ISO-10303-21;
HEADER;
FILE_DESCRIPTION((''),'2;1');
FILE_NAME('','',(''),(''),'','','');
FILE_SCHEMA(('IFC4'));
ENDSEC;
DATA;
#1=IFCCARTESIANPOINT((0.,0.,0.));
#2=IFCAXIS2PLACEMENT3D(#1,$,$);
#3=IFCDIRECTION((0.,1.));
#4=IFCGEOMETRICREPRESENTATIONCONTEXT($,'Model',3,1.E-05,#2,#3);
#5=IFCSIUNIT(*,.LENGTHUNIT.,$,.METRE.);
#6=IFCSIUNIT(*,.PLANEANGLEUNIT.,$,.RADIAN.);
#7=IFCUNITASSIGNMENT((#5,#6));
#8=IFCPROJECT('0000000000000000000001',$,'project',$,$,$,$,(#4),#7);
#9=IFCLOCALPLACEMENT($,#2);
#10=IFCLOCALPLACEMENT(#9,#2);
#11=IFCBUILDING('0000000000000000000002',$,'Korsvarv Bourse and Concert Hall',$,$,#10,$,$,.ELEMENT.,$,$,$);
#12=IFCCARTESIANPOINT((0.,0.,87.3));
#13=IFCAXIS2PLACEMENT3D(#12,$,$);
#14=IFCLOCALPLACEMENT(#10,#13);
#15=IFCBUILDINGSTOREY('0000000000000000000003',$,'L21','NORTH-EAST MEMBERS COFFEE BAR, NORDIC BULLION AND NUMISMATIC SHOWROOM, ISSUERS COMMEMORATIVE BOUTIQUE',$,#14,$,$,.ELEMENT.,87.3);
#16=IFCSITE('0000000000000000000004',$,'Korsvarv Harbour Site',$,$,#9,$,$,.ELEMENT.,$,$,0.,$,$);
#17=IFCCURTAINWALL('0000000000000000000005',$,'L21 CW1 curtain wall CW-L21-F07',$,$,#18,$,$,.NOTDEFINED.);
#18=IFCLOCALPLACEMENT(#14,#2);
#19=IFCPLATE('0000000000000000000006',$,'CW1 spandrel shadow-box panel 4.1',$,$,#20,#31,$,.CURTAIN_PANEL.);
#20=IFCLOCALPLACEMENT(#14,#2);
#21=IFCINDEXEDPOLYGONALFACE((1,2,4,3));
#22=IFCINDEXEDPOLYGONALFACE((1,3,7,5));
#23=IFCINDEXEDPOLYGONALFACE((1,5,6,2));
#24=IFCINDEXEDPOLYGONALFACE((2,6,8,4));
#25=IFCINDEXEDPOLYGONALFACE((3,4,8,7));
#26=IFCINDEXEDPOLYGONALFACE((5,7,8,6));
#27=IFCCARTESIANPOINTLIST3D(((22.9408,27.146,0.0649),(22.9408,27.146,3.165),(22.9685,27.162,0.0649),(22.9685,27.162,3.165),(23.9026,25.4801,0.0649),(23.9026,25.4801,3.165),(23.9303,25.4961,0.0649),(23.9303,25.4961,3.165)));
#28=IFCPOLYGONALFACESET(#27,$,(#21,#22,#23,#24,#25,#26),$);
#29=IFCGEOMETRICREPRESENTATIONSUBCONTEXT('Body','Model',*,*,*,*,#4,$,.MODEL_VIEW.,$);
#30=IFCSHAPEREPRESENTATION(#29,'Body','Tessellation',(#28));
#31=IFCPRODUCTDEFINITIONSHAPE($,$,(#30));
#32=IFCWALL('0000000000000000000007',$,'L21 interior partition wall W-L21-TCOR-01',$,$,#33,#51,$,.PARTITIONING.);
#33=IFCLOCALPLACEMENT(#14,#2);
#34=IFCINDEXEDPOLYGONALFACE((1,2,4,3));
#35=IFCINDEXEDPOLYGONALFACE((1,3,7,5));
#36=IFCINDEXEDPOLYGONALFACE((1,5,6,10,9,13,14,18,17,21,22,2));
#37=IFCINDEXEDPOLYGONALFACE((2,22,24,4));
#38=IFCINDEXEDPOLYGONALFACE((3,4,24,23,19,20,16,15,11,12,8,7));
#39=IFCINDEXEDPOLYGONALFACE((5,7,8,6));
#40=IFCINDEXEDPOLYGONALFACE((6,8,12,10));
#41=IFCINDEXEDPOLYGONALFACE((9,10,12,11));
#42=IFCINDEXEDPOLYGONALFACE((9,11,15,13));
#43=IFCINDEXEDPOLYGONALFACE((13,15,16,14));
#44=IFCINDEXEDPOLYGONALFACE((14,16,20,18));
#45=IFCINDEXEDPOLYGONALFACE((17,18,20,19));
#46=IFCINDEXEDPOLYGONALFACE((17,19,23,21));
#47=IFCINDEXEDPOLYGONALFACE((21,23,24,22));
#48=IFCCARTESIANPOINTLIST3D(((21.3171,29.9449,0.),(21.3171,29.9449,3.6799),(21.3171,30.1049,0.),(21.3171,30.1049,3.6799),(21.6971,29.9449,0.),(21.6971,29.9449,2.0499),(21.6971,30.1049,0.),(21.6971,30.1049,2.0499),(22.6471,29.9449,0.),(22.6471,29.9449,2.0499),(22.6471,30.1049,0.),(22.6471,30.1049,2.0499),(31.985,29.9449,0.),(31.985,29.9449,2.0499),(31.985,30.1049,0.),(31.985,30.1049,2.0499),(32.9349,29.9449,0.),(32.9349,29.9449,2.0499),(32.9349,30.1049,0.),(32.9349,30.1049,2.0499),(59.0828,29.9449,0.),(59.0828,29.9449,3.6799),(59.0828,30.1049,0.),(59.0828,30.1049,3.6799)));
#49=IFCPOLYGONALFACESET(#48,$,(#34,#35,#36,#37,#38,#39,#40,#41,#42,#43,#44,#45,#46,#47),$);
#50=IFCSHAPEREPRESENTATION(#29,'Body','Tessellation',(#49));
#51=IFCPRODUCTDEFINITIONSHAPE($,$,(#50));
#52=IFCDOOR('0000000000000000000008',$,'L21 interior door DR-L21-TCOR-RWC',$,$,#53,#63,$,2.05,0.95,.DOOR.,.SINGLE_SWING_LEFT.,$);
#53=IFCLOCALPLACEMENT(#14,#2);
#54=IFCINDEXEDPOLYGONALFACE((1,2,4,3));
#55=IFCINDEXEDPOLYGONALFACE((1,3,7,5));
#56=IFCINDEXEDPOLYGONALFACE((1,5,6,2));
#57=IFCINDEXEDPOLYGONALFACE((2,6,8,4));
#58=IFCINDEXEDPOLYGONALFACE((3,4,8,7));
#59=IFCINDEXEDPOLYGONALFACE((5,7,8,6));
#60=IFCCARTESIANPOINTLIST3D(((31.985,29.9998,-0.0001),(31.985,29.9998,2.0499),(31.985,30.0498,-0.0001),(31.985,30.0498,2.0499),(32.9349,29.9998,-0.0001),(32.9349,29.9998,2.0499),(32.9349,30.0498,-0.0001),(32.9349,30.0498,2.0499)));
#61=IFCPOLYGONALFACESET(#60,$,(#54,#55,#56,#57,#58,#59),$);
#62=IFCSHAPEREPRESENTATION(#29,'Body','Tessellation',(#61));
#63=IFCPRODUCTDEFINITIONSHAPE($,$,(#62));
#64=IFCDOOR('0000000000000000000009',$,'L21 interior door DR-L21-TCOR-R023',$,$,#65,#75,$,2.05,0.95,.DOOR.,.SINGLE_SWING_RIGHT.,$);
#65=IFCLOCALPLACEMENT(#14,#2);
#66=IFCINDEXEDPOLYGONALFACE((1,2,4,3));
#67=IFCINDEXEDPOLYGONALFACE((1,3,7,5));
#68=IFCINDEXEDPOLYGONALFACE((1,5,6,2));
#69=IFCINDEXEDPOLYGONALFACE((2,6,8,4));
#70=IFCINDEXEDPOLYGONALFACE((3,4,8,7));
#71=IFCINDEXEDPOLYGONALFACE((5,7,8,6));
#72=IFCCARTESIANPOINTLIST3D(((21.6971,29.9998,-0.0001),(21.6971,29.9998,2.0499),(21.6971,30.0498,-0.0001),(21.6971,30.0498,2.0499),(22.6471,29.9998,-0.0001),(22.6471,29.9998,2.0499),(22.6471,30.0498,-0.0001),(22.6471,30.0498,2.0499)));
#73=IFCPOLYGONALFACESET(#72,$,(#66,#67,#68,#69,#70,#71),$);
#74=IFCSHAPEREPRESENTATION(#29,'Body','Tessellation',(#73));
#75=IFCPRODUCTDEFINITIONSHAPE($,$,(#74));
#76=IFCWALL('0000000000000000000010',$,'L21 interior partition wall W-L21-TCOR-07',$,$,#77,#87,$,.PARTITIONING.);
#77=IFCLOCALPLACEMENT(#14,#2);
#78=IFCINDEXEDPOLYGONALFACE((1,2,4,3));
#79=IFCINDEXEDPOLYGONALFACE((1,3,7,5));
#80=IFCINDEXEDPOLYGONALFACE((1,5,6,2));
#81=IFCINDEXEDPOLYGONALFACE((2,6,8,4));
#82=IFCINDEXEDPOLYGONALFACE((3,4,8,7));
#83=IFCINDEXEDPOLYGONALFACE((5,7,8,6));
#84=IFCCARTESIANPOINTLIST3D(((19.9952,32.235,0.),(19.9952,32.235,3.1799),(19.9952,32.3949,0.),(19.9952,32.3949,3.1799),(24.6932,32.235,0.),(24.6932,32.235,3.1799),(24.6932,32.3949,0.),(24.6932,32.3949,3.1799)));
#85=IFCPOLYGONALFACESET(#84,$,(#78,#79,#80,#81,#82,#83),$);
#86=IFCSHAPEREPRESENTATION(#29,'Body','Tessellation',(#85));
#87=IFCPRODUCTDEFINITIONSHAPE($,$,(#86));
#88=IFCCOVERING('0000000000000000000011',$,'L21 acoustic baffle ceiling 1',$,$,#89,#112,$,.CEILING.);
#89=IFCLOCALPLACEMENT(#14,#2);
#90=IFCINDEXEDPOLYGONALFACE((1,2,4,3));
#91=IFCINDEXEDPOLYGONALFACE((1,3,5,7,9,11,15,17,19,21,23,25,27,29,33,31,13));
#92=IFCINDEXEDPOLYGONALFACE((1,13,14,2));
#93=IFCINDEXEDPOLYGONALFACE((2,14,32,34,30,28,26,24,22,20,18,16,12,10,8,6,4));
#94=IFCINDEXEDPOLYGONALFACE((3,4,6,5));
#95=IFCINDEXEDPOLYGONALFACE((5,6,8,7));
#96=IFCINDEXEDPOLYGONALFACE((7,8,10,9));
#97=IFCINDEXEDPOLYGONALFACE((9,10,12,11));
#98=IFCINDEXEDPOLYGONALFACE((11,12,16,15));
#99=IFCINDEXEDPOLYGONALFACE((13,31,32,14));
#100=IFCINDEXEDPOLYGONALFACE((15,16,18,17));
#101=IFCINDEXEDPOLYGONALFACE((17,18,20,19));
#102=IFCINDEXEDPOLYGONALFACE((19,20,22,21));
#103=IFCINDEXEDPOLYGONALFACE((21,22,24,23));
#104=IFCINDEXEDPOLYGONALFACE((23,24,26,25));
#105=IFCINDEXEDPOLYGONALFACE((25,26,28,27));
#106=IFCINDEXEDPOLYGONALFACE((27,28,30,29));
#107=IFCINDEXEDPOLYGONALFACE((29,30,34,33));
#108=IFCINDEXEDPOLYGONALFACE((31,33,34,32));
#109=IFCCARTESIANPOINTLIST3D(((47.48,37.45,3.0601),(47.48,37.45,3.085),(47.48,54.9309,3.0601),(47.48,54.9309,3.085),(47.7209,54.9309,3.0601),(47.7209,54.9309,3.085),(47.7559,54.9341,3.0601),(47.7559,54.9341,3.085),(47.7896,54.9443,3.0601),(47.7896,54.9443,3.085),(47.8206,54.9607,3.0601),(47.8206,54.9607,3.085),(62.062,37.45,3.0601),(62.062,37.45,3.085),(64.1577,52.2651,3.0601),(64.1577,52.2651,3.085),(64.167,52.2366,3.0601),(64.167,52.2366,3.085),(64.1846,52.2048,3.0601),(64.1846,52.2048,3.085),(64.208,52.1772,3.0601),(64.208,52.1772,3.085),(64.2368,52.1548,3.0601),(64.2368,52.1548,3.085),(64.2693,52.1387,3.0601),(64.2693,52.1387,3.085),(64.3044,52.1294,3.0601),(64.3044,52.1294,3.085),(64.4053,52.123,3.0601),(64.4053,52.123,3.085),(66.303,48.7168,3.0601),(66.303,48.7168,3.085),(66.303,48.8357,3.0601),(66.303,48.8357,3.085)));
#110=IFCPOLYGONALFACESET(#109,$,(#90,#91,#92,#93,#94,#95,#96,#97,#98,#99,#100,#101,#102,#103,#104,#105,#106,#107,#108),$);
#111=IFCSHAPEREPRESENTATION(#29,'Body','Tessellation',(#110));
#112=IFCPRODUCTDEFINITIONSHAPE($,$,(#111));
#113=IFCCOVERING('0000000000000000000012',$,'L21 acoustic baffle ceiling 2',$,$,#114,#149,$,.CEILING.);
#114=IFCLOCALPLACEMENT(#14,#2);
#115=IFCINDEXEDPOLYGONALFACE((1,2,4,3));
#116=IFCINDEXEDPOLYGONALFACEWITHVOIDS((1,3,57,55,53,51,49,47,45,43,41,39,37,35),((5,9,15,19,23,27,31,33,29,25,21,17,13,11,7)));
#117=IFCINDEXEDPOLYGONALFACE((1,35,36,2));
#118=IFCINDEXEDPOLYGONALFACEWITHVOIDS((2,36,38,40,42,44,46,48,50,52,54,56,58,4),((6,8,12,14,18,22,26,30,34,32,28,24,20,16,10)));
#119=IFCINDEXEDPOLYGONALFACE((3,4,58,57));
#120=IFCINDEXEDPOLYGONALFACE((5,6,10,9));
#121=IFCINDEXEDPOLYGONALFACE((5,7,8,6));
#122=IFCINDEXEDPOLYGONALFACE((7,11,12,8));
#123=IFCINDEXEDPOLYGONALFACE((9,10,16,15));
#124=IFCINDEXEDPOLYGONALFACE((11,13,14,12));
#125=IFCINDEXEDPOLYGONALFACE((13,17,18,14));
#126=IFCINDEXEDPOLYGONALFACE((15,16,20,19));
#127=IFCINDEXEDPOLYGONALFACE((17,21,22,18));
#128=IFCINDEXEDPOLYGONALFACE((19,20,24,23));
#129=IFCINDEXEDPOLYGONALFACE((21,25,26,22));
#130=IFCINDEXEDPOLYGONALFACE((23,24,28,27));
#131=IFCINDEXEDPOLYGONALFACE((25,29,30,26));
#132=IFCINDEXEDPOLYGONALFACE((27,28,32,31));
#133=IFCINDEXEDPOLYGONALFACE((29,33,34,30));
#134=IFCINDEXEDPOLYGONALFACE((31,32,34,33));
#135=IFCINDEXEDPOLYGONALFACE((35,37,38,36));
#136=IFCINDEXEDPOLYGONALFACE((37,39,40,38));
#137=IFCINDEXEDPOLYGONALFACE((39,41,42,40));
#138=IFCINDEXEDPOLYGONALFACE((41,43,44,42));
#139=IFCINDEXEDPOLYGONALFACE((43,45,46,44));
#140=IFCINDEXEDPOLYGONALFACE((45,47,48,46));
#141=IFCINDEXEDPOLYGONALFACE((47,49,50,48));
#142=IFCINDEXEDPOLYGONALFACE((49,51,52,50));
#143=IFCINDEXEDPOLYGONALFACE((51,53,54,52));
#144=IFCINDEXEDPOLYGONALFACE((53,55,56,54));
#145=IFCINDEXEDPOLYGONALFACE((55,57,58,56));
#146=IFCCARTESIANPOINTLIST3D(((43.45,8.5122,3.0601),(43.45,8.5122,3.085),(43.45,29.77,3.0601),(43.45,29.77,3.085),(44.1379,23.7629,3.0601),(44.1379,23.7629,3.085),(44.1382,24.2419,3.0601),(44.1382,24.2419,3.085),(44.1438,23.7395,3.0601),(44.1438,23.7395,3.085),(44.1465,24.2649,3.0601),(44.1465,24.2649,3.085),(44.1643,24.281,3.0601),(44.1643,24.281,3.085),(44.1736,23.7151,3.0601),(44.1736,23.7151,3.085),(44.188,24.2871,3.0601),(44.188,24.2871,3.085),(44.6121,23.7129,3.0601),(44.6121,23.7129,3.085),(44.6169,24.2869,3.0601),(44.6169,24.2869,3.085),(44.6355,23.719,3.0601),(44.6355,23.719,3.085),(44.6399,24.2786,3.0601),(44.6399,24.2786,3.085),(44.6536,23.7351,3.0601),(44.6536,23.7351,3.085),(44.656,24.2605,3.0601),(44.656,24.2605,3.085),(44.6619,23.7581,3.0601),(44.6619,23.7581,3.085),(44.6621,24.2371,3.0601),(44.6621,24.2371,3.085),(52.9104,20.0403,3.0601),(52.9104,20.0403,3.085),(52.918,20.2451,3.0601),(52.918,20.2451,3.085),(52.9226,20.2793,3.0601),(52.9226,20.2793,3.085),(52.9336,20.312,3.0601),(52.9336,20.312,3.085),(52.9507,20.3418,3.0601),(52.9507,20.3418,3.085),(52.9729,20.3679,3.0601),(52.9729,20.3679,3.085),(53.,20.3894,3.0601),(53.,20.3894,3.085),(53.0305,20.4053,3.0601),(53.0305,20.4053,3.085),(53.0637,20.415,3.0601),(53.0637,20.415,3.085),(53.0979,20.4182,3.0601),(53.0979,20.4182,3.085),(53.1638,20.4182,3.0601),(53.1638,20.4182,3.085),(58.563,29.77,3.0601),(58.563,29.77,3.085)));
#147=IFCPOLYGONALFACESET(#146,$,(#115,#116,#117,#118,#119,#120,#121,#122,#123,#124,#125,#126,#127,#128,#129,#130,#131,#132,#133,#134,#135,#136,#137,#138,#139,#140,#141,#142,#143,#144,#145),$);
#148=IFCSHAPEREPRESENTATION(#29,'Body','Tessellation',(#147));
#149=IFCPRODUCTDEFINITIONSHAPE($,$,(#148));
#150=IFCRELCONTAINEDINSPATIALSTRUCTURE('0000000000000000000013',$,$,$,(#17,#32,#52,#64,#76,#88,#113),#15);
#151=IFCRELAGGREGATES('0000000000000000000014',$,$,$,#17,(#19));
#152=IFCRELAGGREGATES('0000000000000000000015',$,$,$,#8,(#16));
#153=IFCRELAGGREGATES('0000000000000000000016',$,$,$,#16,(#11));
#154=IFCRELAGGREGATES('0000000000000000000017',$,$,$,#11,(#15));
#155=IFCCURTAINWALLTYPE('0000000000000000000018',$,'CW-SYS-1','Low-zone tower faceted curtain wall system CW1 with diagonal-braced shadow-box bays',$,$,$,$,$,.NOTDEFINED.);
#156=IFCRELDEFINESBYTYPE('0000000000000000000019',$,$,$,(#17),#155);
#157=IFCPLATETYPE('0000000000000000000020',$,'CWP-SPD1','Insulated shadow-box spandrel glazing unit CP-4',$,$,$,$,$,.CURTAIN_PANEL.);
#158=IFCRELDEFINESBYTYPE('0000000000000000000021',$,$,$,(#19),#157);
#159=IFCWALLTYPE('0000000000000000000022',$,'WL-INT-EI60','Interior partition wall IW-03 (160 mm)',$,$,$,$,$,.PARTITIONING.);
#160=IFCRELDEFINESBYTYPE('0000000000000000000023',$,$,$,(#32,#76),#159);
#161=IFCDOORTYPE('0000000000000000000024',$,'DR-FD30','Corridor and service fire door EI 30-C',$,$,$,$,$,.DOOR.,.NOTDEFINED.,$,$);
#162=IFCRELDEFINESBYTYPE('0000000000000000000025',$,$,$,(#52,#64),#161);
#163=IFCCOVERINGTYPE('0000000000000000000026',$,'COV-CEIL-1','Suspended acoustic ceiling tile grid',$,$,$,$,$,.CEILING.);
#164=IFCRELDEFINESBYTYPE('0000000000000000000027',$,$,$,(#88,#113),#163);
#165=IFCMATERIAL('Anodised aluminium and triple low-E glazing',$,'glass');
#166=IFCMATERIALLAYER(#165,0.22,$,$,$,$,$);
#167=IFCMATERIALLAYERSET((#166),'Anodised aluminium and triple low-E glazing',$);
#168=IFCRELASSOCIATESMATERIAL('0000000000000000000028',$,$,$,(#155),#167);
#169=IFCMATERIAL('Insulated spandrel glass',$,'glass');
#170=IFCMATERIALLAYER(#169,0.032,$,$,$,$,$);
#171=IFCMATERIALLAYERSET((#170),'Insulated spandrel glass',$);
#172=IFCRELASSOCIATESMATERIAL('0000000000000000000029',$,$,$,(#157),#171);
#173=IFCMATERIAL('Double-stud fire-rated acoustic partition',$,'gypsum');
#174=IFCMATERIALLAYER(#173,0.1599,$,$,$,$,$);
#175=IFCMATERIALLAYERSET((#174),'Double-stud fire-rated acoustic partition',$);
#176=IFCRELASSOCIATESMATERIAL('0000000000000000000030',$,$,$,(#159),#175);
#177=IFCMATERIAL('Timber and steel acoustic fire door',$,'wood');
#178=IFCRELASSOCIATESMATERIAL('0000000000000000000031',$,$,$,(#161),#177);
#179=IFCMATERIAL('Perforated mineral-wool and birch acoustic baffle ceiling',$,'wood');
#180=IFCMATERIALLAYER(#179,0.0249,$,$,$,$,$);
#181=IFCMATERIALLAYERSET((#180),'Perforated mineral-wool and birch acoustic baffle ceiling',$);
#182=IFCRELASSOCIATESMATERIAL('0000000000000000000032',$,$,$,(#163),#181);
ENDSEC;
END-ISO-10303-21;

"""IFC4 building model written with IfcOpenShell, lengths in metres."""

from ifc_helpers import new_model, si_unit, direction, frame, frame_2d, origin, origin_2d, place, context, subcontext, project, spatial, polyline, rectangle, outline, extrude, source, transform, mapped, material, layer, layer_set, type_object, element, fill, aggregate, save


model = new_model("IFC4")

# Units and contexts
model_context = context("Model", 3, precision=1e-05, world=origin(), true_north=direction((0.0, 1.0)))
body_context = subcontext(model_context, "Body", "Model", "MODEL_VIEW")
ifc_project = project(units=[si_unit("LENGTHUNIT", "METRE"), si_unit("PLANEANGLEUNIT", "RADIAN")], contexts=[model_context])

# Site, building, storey
site_placement = place(None, origin())
site = spatial("IfcSite", under=ifc_project, at=site_placement, Name="Korsvarv Harbour Site", CompositionType="ELEMENT", RefElevation=0.0)
building_placement = place(site_placement, origin())
building = spatial("IfcBuilding", under=site, at=building_placement, Name="Korsvarv Bourse and Concert Hall", CompositionType="ELEMENT")
storey_placement = place(building_placement, frame((0.0, 0.0, 87.3)))
storey = spatial("IfcBuildingStorey", under=building, at=storey_placement, Name="L21", Description="NORTH-EAST MEMBERS COFFEE BAR, NORDIC BULLION AND NUMISMATIC SHOWROOM, ISSUERS COMMEMORATIVE BOUTIQUE", CompositionType="ELEMENT", Elevation=87.3)

# Curtain wall
ifc_material_1 = material(Name="Anodised aluminium and triple low-E glazing", Category="glass")
ifc_layer_1 = layer(ifc_material_1, 0.22)
ifc_layer_set_1 = layer_set([ifc_layer_1], Name="Anodised aluminium and triple low-E glazing")
curtain_wall_type = type_object("IfcCurtainWallType", Name="CW-SYS-1", Description="Low-zone tower faceted curtain wall system CW1 with diagonal-braced shadow-box bays", PredefinedType="NOTDEFINED", material=ifc_layer_set_1)
curtain_wall_placement = place(storey_placement, origin())
curtain_wall = element("IfcCurtainWall", 1, at=curtain_wall_placement, inside=storey, type_object=curtain_wall_type, Name="L21 CW1 curtain wall CW-L21-F07", PredefinedType="NOTDEFINED")

# Plate
ifc_material_2 = material(Name="Insulated spandrel glass", Category="glass")
ifc_layer_2 = layer(ifc_material_2, 0.032)
ifc_layer_set_2 = layer_set([ifc_layer_2], Name="Insulated spandrel glass")
plate_type_1 = type_object("IfcPlateType", Name="CWP-SPD1", Description="Insulated shadow-box spandrel glazing unit CP-4", PredefinedType="CURTAIN_PANEL", material=ifc_layer_set_2)
shared_shape_1 = source(origin(), body_context, "Body", "SweptSolid", [
    extrude(rectangle(XDim=1.9236, YDim=0.032, at=origin_2d()), origin(), (0.0, 0.0, 1.0), 3.1001),
])
plate_1_placement = place(storey_placement, frame((23.4355, 26.321, 0.0649), z_axis=(0.0, 0.0, 1.0), x_axis=(0.499999, -0.866026, 0.0)))
plate_1 = element("IfcPlate", 2, at=plate_1_placement, type_object=plate_type_1, Name="CW1 spandrel shadow-box panel 4.1", PredefinedType="CURTAIN_PANEL", context=body_context, shape_type="MappedRepresentation", body=[
    mapped(shared_shape_1, transform((0.0, 0.0, 0.0), scale=1.0)),
])
aggregate(curtain_wall, [plate_1])

# Wall, openings, doors
ifc_material_3 = material(Name="Double-stud fire-rated acoustic partition", Category="gypsum")
ifc_layer_3 = layer(ifc_material_3, 0.1599)
ifc_layer_set_3 = layer_set([ifc_layer_3], Name="Double-stud fire-rated acoustic partition")
wall_type = type_object("IfcWallType", Name="WL-INT-EI60", Description="Interior partition wall IW-03 (160 mm)", PredefinedType="PARTITIONING", material=ifc_layer_set_3)
wall_1_placement = place(storey_placement, frame((21.3171, 30.0249, 0.0), z_axis=(0.0, 0.0, 1.0), x_axis=(1.0, 0.0, 0.0)))
wall_1 = element("IfcWall", 3, at=wall_1_placement, inside=storey, type_object=wall_type, Name="L21 interior partition wall W-L21-TCOR-01", PredefinedType="PARTITIONING", context=body_context, shape_type="SweptSolid", body=[
    extrude(rectangle(XDim=37.7656, YDim=0.1599, at=frame_2d((18.8828, 0.0))), origin(), (0.0, 0.0, 1.0), 3.6799),
])
opening_1_placement = place(wall_1_placement, frame((10.6677, 0.0, 0.0)))
opening_1 = element("IfcOpeningElement", 4, at=opening_1_placement, cuts=wall_1, PredefinedType="OPENING", context=body_context, shape_type="SweptSolid", body=[
    extrude(rectangle(XDim=0.95, YDim=2.05, at=frame_2d((0.4751, 1.0249))), frame((0.0, 0.0898, 0.0), z_axis=(0.0, -1.0, 0.0), x_axis=(1.0, 0.0, 0.0)), (0.0, 0.0, 1.0), 0.1799),
])
opening_2_placement = place(wall_1_placement, frame((0.3799, 0.0, 0.0)))
opening_2 = element("IfcOpeningElement", 5, at=opening_2_placement, cuts=wall_1, PredefinedType="OPENING", context=body_context, shape_type="SweptSolid", body=[
    extrude(rectangle(XDim=0.95, YDim=2.05, at=frame_2d((0.4751, 1.0249))), frame((0.0, 0.0898, 0.0), z_axis=(0.0, -1.0, 0.0), x_axis=(1.0, 0.0, 0.0)), (0.0, 0.0, 1.0), 0.1799),
])
ifc_material_4 = material(Name="Timber and steel acoustic fire door", Category="wood")
door_type = type_object("IfcDoorType", Name="DR-FD30", Description="Corridor and service fire door EI 30-C", OperationType="NOTDEFINED", PredefinedType="DOOR", material=ifc_material_4)
door_1_placement = place(opening_1_placement, origin())
door_1 = element("IfcDoor", 6, at=door_1_placement, inside=storey, type_object=door_type, Name="L21 interior door DR-L21-TCOR-RWC", OperationType="SINGLE_SWING_LEFT", OverallHeight=2.05, OverallWidth=0.95, PredefinedType="DOOR", context=body_context, shape_type="SweptSolid", body=[
    extrude(rectangle(XDim=0.95, YDim=2.05, at=frame_2d((0.4751, 1.0249))), frame((0.0, 0.0249, 0.0), z_axis=(0.0, -1.0, 0.0), x_axis=(1.0, 0.0, 0.0)), (0.0, 0.0, 1.0), 0.05),
])
fill(opening_1, door_1)
door_2_placement = place(opening_2_placement, origin())
door_2 = element("IfcDoor", 7, at=door_2_placement, inside=storey, type_object=door_type, Name="L21 interior door DR-L21-TCOR-R023", OperationType="SINGLE_SWING_RIGHT", OverallHeight=2.05, OverallWidth=0.95, PredefinedType="DOOR", context=body_context, shape_type="SweptSolid", body=[
    extrude(rectangle(XDim=0.95, YDim=2.05, at=frame_2d((0.4751, 1.0249))), frame((0.0, 0.0249, 0.0), z_axis=(0.0, -1.0, 0.0), x_axis=(1.0, 0.0, 0.0)), (0.0, 0.0, 1.0), 0.05),
])
fill(opening_2, door_2)

# Wall
wall_2_placement = place(storey_placement, frame((19.9951, 32.3149, 0.0), z_axis=(0.0, 0.0, 1.0), x_axis=(1.0, 0.0, 0.0)))
element("IfcWall", 8, at=wall_2_placement, inside=storey, type_object=wall_type, Name="L21 interior partition wall W-L21-TCOR-07", PredefinedType="PARTITIONING", context=body_context, shape_type="SweptSolid", body=[
    extrude(rectangle(XDim=4.698, YDim=0.1599, at=frame_2d((2.3491, 0.0))), origin(), (0.0, 0.0, 1.0), 3.1799),
])

# Coverings
ifc_material_5 = material(Name="Perforated mineral-wool and birch acoustic baffle ceiling", Category="wood")
ifc_layer_4 = layer(ifc_material_5, 0.0249)
ifc_layer_set_4 = layer_set([ifc_layer_4], Name="Perforated mineral-wool and birch acoustic baffle ceiling")
covering_type_1 = type_object("IfcCoveringType", Name="COV-CEIL-1", Description="Suspended acoustic ceiling tile grid", PredefinedType="CEILING", material=ifc_layer_set_4)
covering_1_placement = place(storey_placement, frame((0.0, 0.0, 3.0601)))
element("IfcCovering", 9, at=covering_1_placement, inside=storey, type_object=covering_type_1, Name="L21 acoustic baffle ceiling 1", PredefinedType="CEILING", context=body_context, shape_type="SweptSolid", body=[
    extrude(outline(polyline([(64.1577, 52.2651), (64.167, 52.2366), (64.1846, 52.2048), (64.208, 52.1772), (64.2368, 52.1548), (64.2693, 52.1387), (64.3044, 52.1294), (64.4053, 52.123), (66.303, 48.8357), (66.303, 48.7168), (62.062, 37.45), (47.48, 37.45), (47.48, 54.9309), (47.7209, 54.9309), (47.7559, 54.9341), (47.7896, 54.9443), (47.8206, 54.9607), (64.1577, 52.2651)])), origin(), (0.0, 0.0, 1.0), 0.0249),
])
covering_2_placement = place(storey_placement, frame((0.0, 0.0, 3.0601)))
element("IfcCovering", 10, at=covering_2_placement, inside=storey, type_object=covering_type_1, Name="L21 acoustic baffle ceiling 2", PredefinedType="CEILING", context=body_context, shape_type="SweptSolid", body=[
    extrude(outline(polyline([(53.0979, 20.4182), (53.0637, 20.415), (53.0305, 20.4053), (53.0, 20.3894), (52.9729, 20.3679), (52.9507, 20.3418), (52.9336, 20.312), (52.9226, 20.2793), (52.918, 20.2451), (52.9104, 20.0403), (43.45, 8.5122), (43.45, 29.77), (58.563, 29.77), (53.1638, 20.4182), (53.0979, 20.4182)]), holes=[polyline([(44.1736, 23.7151), (44.6121, 23.7129), (44.6355, 23.719), (44.6536, 23.7351), (44.6619, 23.7581), (44.6621, 24.2371), (44.656, 24.2605), (44.6399, 24.2786), (44.6169, 24.2869), (44.188, 24.2871), (44.1643, 24.281), (44.1465, 24.2649), (44.1382, 24.2419), (44.1379, 23.7629), (44.1438, 23.7395), (44.1736, 23.7151)])]), origin(), (0.0, 0.0, 1.0), 0.0249),
])

save(model, "model.ifc")
